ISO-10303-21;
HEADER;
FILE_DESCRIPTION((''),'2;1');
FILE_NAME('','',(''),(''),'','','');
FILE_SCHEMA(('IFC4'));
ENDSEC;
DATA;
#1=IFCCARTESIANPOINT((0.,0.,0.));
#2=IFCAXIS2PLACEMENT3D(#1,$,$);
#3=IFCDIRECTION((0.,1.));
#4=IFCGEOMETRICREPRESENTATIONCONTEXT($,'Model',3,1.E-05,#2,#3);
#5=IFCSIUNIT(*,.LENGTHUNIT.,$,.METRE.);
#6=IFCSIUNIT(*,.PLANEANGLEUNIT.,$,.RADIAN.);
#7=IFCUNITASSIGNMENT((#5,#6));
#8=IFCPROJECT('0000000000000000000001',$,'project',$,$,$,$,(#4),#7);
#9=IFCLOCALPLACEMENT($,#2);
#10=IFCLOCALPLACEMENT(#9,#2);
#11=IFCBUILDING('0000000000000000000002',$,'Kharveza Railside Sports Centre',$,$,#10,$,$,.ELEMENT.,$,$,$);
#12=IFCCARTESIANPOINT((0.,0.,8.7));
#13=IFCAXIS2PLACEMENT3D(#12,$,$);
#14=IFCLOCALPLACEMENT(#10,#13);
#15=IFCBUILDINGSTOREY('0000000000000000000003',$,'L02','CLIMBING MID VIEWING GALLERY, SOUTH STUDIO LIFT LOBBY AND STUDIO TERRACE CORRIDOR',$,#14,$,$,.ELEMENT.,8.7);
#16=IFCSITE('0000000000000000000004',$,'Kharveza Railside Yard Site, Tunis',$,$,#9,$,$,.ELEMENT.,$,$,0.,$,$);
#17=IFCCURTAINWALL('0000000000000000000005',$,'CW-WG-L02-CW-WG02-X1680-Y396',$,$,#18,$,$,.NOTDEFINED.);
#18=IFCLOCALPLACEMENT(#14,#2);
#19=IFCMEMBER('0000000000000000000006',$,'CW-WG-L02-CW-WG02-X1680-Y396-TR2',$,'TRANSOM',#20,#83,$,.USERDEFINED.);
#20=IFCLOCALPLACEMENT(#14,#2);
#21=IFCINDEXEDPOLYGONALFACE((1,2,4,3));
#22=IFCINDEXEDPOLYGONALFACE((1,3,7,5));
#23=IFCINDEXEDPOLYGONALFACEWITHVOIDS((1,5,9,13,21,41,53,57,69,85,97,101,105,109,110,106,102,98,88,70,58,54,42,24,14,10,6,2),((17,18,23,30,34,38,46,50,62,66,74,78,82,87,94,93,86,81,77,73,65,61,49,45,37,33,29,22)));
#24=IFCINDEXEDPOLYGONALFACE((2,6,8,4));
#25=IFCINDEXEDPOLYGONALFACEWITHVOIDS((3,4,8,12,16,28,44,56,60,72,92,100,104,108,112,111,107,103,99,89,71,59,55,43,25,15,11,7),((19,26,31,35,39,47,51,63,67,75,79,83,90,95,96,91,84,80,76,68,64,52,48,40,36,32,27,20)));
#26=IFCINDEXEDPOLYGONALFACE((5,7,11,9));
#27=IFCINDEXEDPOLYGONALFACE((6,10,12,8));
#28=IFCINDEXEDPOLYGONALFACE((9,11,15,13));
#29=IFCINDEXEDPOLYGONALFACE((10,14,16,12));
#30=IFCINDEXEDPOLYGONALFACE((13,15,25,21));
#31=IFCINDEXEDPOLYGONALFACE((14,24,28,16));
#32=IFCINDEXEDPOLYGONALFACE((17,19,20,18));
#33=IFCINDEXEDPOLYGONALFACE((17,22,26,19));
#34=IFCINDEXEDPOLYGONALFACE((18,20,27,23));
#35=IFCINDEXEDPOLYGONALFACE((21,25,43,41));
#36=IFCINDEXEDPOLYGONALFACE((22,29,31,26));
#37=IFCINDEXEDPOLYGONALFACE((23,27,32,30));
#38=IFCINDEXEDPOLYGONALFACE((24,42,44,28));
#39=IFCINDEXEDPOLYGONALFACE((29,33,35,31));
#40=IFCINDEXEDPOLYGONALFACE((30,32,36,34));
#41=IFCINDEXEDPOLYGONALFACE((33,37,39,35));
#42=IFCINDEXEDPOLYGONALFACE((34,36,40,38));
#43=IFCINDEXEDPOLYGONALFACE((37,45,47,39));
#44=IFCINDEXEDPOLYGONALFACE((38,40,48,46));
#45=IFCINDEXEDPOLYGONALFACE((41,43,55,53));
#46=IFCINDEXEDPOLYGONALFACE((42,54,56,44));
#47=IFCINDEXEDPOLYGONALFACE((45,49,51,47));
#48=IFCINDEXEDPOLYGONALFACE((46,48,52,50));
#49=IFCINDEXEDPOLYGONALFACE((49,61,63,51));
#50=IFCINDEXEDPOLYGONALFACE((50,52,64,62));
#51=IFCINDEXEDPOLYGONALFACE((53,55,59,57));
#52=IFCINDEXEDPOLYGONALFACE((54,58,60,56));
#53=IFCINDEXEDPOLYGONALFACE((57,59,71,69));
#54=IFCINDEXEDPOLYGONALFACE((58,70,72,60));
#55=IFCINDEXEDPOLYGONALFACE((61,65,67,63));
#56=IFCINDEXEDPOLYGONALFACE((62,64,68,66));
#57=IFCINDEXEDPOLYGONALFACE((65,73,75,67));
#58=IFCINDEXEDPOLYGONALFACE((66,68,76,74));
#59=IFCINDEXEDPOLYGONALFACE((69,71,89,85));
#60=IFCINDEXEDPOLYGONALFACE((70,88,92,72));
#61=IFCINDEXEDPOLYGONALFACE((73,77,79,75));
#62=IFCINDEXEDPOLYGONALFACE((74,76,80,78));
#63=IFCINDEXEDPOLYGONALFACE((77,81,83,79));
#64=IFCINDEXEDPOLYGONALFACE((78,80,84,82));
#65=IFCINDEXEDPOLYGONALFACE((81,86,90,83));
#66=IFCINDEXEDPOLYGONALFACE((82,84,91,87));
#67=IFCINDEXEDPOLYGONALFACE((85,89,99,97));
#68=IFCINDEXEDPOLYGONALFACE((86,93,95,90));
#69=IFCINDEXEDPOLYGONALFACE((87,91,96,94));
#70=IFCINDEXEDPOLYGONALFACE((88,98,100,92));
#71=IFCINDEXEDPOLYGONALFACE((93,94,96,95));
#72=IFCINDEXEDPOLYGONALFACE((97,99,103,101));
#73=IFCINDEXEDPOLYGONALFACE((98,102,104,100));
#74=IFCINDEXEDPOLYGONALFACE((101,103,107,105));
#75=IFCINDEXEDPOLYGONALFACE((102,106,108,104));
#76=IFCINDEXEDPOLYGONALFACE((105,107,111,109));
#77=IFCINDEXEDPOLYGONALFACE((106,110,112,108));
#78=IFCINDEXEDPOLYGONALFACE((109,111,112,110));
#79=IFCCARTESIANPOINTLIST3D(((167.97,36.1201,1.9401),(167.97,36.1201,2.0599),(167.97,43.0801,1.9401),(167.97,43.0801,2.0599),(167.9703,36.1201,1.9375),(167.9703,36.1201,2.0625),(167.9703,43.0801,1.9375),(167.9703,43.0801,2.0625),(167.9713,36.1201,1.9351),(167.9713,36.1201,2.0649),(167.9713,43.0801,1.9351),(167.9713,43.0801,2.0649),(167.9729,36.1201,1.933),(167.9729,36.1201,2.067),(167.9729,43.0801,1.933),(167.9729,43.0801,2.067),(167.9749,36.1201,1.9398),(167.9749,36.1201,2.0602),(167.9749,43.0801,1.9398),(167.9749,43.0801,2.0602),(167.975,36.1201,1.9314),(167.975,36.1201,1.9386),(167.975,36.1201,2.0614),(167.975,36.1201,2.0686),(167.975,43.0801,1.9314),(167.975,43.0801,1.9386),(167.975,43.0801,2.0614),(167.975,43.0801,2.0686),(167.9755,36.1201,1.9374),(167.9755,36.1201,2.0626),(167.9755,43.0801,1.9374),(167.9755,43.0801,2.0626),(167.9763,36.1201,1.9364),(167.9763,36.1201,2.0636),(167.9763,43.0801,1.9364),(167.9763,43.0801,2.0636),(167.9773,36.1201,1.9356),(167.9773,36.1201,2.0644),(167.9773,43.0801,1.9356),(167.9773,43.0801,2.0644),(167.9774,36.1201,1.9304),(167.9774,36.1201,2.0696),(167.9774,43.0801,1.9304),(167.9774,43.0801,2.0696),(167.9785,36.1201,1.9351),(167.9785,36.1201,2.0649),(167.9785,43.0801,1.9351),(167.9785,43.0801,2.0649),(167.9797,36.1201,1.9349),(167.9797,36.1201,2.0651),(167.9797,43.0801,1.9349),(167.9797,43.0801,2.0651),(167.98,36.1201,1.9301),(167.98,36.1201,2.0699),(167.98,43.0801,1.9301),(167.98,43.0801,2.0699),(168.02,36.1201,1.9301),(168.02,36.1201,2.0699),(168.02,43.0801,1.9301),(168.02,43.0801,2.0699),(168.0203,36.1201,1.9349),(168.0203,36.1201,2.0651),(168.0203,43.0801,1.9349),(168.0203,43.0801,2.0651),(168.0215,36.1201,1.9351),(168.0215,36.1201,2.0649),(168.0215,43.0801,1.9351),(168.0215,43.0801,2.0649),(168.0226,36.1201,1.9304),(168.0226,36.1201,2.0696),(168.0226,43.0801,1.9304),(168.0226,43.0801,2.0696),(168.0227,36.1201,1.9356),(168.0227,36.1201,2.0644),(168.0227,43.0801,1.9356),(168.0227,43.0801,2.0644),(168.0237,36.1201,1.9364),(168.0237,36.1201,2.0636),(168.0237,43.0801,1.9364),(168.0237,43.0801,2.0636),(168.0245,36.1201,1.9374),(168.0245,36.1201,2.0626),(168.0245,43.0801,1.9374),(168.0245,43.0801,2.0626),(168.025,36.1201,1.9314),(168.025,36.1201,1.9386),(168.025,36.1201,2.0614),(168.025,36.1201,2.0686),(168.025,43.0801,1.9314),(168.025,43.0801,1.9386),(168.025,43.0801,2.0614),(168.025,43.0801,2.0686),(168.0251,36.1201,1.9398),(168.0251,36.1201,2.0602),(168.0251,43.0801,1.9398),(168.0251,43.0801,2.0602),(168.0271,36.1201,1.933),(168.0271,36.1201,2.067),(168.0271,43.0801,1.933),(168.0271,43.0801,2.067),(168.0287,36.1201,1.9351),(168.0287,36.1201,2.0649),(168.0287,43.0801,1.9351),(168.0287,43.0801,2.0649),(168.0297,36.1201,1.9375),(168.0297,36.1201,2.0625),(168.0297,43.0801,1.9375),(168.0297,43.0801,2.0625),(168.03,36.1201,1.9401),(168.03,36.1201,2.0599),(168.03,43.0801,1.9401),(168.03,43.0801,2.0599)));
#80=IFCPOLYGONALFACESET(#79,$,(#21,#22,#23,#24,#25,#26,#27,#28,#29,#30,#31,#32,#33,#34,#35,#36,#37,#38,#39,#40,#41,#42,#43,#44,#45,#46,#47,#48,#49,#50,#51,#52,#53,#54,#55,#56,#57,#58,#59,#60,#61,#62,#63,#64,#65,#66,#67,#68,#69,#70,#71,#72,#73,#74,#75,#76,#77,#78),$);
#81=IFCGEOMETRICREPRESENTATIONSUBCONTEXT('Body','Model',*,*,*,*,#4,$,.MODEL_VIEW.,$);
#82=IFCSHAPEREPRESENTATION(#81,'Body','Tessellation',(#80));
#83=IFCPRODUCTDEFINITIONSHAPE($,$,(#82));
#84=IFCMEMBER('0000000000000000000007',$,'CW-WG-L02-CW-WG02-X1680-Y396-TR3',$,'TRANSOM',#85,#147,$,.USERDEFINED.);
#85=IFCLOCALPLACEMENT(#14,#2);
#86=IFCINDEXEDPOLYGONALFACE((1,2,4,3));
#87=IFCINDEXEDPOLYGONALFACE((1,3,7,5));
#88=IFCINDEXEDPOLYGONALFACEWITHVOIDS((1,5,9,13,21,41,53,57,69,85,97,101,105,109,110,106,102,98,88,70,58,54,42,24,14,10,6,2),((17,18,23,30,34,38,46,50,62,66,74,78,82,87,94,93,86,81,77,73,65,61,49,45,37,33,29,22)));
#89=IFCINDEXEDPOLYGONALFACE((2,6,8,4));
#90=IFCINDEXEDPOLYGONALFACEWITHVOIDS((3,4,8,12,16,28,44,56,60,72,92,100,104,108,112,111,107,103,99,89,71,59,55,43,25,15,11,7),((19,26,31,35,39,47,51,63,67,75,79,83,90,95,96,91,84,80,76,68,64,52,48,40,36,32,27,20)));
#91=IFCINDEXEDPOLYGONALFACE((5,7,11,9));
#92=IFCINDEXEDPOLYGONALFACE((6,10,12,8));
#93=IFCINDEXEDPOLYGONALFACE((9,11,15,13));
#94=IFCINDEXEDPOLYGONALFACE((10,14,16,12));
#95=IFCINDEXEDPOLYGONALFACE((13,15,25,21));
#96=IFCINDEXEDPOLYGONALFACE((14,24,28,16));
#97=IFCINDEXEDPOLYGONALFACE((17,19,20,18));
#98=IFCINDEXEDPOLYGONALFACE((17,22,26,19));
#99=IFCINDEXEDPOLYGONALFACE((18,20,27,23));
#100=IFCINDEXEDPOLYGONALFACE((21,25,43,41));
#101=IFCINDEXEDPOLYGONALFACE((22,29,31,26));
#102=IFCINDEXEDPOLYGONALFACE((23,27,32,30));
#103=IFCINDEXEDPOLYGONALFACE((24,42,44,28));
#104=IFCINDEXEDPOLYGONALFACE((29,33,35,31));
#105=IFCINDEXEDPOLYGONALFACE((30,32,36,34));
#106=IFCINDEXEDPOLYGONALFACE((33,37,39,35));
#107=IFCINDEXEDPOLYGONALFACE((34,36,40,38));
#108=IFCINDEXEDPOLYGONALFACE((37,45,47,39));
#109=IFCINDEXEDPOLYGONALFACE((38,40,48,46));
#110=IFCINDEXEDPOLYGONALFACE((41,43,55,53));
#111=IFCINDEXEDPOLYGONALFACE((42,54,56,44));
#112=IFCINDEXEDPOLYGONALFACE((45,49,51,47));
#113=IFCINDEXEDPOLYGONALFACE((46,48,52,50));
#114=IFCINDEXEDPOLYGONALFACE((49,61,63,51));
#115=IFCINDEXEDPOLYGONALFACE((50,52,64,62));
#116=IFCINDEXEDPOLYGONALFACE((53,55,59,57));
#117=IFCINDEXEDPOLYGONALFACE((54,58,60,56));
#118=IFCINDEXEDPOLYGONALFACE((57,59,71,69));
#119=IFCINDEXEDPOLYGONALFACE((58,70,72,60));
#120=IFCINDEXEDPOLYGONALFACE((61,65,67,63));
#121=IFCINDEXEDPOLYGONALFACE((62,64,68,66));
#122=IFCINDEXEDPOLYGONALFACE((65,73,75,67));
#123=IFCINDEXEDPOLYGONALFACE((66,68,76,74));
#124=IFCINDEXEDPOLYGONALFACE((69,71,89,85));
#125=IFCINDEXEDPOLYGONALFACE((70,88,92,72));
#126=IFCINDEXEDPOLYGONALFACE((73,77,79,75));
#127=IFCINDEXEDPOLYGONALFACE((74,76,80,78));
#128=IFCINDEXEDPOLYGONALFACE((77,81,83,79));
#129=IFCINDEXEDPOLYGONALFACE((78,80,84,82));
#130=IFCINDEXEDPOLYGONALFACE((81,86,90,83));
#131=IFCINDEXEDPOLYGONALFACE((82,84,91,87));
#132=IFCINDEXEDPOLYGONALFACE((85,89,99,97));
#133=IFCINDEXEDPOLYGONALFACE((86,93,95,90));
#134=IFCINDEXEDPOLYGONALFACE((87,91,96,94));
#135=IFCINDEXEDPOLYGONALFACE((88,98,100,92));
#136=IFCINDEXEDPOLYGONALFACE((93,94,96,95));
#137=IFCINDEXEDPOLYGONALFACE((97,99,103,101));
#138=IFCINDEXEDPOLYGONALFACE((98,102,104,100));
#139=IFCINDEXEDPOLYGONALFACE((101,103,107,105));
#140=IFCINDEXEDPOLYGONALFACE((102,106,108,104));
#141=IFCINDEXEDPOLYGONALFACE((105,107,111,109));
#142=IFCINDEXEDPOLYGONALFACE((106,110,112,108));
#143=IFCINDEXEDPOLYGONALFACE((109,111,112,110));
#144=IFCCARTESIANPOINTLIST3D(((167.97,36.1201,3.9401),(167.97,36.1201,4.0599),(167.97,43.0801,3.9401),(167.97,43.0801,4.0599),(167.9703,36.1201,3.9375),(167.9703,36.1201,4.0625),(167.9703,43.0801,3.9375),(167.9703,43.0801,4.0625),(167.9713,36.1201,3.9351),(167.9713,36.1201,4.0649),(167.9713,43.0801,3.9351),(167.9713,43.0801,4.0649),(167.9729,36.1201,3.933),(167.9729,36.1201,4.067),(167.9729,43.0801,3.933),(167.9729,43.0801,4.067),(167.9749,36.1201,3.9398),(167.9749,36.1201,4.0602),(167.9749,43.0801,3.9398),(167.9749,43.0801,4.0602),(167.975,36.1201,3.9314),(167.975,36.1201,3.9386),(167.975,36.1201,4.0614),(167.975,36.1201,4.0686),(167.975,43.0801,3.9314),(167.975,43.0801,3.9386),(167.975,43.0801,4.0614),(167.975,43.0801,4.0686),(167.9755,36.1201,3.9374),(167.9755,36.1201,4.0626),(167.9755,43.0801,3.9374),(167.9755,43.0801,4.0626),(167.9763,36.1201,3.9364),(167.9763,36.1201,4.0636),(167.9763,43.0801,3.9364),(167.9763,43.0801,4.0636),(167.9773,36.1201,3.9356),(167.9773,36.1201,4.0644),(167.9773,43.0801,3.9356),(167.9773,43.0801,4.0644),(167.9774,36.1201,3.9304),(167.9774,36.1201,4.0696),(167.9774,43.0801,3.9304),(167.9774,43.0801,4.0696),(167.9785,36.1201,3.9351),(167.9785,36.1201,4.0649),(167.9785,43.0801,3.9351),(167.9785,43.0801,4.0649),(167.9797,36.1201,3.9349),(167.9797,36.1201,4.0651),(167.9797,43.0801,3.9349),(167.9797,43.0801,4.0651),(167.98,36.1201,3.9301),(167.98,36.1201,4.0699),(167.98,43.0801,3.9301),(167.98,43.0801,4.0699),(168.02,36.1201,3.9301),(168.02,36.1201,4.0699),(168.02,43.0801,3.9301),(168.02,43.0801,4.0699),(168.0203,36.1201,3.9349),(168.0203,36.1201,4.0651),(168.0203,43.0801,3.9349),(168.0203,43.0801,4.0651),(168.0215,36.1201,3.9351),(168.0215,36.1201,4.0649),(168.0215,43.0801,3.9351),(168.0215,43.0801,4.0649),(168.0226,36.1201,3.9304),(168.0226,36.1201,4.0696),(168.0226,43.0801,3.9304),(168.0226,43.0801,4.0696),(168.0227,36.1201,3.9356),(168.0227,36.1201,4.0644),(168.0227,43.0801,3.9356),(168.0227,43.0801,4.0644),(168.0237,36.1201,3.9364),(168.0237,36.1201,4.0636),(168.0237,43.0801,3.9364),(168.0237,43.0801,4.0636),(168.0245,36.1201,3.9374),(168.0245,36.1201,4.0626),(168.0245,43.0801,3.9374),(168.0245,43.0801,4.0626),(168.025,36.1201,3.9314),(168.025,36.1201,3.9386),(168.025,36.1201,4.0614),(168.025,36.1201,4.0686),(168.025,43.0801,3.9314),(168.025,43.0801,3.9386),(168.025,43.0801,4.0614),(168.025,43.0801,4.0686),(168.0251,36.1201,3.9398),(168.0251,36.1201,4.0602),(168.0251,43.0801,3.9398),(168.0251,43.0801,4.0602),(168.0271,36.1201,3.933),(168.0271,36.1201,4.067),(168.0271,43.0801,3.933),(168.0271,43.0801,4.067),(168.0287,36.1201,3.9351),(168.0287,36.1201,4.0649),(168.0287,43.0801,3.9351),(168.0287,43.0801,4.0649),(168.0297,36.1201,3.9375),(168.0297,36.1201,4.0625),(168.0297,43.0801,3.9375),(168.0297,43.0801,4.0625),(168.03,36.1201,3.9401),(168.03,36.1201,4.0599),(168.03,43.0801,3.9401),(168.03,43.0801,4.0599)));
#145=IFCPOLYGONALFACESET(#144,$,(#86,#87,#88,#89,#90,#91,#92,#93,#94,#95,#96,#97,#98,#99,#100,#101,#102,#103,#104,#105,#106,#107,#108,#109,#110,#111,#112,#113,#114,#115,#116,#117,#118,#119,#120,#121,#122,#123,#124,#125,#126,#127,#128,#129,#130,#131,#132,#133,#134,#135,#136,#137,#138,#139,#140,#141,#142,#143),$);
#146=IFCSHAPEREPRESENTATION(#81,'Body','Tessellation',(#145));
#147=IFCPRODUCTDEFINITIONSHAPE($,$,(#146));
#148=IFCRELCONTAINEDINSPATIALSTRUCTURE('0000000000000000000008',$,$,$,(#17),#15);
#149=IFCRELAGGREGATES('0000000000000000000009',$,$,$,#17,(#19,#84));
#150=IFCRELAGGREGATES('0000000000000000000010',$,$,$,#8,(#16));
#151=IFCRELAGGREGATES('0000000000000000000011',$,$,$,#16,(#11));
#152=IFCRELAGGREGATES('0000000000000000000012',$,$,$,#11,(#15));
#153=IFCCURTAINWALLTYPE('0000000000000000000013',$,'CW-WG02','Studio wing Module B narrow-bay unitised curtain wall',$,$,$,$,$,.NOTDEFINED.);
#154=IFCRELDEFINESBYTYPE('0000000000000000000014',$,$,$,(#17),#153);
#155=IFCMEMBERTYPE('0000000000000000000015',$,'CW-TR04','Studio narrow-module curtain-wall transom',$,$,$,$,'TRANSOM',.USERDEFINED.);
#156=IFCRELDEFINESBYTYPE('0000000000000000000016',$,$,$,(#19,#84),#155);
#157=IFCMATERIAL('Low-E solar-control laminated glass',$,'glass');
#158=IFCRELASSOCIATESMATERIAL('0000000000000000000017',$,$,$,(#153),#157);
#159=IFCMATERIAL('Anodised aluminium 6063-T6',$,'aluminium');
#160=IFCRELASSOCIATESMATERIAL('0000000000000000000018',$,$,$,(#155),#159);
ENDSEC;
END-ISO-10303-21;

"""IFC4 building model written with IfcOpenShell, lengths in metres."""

from ifc_helpers import new_model, si_unit, direction, frame, origin, origin_2d, place, context, subcontext, project, spatial, hollow_rectangle, extrude, material, material_profile, profile_set, type_object, element, aggregate, save


model = new_model("IFC4")

# Units and contexts
model_context = context("Model", 3, precision=1e-05, world=origin(), true_north=direction((0.0, 1.0)))
body_context = subcontext(model_context, "Body", "Model", "MODEL_VIEW")
ifc_project = project(units=[si_unit("LENGTHUNIT", "METRE"), si_unit("PLANEANGLEUNIT", "RADIAN")], contexts=[model_context])

# Site, building, storey
site_placement = place(None, origin())
site = spatial("IfcSite", under=ifc_project, at=site_placement, Name="Kharveza Railside Yard Site, Tunis", CompositionType="ELEMENT", RefElevation=0.0)
building_placement = place(site_placement, origin())
building = spatial("IfcBuilding", under=site, at=building_placement, Name="Kharveza Railside Sports Centre", CompositionType="ELEMENT")
storey_placement = place(building_placement, frame((0.0, 0.0, 8.7)))
storey = spatial("IfcBuildingStorey", under=building, at=storey_placement, Name="L02", Description="CLIMBING MID VIEWING GALLERY, SOUTH STUDIO LIFT LOBBY AND STUDIO TERRACE CORRIDOR", CompositionType="ELEMENT", Elevation=8.7)

# Shared definitions
ifc_material_1 = material(Name="Low-E solar-control laminated glass", Category="glass")
curtain_wall_type = type_object("IfcCurtainWallType", Name="CW-WG02", Description="Studio wing Module B narrow-bay unitised curtain wall", PredefinedType="NOTDEFINED", material=ifc_material_1)
ifc_material_2 = material(Name="Anodised aluminium 6063-T6", Category="aluminium")

# Curtain wall
curtain_wall_1_placement = place(storey_placement, origin())
curtain_wall_1 = element("IfcCurtainWall", 1, at=curtain_wall_1_placement, inside=storey, type_object=curtain_wall_type, Name="CW-WG-L02-CW-WG02-X1680-Y396", PredefinedType="NOTDEFINED")

# Members
ifc_material_profile_1 = material_profile(ifc_material_2, hollow_rectangle(XDim=0.0601, YDim=0.1399, WallThickness=0.0049, InnerFilletRadius=0.0049, OuterFilletRadius=0.01, at=origin_2d()), Name="RHS 60x140x5.0")
ifc_profile_set_1 = profile_set([ifc_material_profile_1], Name="Anodised aluminium 6063-T6")
member_type_1 = type_object("IfcMemberType", Name="CW-TR04", Description="Studio narrow-module curtain-wall transom", ElementType="TRANSOM", PredefinedType="USERDEFINED", material=ifc_profile_set_1)
member_1_placement = place(storey_placement, frame((168.0, 36.1201, 2.0), z_axis=(0.0, 1.0, 0.0), x_axis=(-1.0, 0.0, 0.0)))
member_1 = element("IfcMember", 2, at=member_1_placement, type_object=member_type_1, Name="CW-WG-L02-CW-WG02-X1680-Y396-TR2", ObjectType="TRANSOM", PredefinedType="USERDEFINED", context=body_context, shape_type="SweptSolid", body=[
    extrude(hollow_rectangle(XDim=0.0601, YDim=0.1399, WallThickness=0.0049, InnerFilletRadius=0.0049, OuterFilletRadius=0.01, at=origin_2d()), origin(), (0.0, 0.0, 1.0), 6.96),
])
member_2_placement = place(storey_placement, frame((168.0, 36.1201, 4.0), z_axis=(0.0, 1.0, 0.0), x_axis=(-1.0, 0.0, 0.0)))
member_2 = element("IfcMember", 3, at=member_2_placement, type_object=member_type_1, Name="CW-WG-L02-CW-WG02-X1680-Y396-TR3", ObjectType="TRANSOM", PredefinedType="USERDEFINED", context=body_context, shape_type="SweptSolid", body=[
    extrude(hollow_rectangle(XDim=0.0601, YDim=0.1399, WallThickness=0.0049, InnerFilletRadius=0.0049, OuterFilletRadius=0.01, at=origin_2d()), origin(), (0.0, 0.0, 1.0), 6.96),
])

aggregate(curtain_wall_1, [member_1, member_2])

save(model, "model.ifc")
